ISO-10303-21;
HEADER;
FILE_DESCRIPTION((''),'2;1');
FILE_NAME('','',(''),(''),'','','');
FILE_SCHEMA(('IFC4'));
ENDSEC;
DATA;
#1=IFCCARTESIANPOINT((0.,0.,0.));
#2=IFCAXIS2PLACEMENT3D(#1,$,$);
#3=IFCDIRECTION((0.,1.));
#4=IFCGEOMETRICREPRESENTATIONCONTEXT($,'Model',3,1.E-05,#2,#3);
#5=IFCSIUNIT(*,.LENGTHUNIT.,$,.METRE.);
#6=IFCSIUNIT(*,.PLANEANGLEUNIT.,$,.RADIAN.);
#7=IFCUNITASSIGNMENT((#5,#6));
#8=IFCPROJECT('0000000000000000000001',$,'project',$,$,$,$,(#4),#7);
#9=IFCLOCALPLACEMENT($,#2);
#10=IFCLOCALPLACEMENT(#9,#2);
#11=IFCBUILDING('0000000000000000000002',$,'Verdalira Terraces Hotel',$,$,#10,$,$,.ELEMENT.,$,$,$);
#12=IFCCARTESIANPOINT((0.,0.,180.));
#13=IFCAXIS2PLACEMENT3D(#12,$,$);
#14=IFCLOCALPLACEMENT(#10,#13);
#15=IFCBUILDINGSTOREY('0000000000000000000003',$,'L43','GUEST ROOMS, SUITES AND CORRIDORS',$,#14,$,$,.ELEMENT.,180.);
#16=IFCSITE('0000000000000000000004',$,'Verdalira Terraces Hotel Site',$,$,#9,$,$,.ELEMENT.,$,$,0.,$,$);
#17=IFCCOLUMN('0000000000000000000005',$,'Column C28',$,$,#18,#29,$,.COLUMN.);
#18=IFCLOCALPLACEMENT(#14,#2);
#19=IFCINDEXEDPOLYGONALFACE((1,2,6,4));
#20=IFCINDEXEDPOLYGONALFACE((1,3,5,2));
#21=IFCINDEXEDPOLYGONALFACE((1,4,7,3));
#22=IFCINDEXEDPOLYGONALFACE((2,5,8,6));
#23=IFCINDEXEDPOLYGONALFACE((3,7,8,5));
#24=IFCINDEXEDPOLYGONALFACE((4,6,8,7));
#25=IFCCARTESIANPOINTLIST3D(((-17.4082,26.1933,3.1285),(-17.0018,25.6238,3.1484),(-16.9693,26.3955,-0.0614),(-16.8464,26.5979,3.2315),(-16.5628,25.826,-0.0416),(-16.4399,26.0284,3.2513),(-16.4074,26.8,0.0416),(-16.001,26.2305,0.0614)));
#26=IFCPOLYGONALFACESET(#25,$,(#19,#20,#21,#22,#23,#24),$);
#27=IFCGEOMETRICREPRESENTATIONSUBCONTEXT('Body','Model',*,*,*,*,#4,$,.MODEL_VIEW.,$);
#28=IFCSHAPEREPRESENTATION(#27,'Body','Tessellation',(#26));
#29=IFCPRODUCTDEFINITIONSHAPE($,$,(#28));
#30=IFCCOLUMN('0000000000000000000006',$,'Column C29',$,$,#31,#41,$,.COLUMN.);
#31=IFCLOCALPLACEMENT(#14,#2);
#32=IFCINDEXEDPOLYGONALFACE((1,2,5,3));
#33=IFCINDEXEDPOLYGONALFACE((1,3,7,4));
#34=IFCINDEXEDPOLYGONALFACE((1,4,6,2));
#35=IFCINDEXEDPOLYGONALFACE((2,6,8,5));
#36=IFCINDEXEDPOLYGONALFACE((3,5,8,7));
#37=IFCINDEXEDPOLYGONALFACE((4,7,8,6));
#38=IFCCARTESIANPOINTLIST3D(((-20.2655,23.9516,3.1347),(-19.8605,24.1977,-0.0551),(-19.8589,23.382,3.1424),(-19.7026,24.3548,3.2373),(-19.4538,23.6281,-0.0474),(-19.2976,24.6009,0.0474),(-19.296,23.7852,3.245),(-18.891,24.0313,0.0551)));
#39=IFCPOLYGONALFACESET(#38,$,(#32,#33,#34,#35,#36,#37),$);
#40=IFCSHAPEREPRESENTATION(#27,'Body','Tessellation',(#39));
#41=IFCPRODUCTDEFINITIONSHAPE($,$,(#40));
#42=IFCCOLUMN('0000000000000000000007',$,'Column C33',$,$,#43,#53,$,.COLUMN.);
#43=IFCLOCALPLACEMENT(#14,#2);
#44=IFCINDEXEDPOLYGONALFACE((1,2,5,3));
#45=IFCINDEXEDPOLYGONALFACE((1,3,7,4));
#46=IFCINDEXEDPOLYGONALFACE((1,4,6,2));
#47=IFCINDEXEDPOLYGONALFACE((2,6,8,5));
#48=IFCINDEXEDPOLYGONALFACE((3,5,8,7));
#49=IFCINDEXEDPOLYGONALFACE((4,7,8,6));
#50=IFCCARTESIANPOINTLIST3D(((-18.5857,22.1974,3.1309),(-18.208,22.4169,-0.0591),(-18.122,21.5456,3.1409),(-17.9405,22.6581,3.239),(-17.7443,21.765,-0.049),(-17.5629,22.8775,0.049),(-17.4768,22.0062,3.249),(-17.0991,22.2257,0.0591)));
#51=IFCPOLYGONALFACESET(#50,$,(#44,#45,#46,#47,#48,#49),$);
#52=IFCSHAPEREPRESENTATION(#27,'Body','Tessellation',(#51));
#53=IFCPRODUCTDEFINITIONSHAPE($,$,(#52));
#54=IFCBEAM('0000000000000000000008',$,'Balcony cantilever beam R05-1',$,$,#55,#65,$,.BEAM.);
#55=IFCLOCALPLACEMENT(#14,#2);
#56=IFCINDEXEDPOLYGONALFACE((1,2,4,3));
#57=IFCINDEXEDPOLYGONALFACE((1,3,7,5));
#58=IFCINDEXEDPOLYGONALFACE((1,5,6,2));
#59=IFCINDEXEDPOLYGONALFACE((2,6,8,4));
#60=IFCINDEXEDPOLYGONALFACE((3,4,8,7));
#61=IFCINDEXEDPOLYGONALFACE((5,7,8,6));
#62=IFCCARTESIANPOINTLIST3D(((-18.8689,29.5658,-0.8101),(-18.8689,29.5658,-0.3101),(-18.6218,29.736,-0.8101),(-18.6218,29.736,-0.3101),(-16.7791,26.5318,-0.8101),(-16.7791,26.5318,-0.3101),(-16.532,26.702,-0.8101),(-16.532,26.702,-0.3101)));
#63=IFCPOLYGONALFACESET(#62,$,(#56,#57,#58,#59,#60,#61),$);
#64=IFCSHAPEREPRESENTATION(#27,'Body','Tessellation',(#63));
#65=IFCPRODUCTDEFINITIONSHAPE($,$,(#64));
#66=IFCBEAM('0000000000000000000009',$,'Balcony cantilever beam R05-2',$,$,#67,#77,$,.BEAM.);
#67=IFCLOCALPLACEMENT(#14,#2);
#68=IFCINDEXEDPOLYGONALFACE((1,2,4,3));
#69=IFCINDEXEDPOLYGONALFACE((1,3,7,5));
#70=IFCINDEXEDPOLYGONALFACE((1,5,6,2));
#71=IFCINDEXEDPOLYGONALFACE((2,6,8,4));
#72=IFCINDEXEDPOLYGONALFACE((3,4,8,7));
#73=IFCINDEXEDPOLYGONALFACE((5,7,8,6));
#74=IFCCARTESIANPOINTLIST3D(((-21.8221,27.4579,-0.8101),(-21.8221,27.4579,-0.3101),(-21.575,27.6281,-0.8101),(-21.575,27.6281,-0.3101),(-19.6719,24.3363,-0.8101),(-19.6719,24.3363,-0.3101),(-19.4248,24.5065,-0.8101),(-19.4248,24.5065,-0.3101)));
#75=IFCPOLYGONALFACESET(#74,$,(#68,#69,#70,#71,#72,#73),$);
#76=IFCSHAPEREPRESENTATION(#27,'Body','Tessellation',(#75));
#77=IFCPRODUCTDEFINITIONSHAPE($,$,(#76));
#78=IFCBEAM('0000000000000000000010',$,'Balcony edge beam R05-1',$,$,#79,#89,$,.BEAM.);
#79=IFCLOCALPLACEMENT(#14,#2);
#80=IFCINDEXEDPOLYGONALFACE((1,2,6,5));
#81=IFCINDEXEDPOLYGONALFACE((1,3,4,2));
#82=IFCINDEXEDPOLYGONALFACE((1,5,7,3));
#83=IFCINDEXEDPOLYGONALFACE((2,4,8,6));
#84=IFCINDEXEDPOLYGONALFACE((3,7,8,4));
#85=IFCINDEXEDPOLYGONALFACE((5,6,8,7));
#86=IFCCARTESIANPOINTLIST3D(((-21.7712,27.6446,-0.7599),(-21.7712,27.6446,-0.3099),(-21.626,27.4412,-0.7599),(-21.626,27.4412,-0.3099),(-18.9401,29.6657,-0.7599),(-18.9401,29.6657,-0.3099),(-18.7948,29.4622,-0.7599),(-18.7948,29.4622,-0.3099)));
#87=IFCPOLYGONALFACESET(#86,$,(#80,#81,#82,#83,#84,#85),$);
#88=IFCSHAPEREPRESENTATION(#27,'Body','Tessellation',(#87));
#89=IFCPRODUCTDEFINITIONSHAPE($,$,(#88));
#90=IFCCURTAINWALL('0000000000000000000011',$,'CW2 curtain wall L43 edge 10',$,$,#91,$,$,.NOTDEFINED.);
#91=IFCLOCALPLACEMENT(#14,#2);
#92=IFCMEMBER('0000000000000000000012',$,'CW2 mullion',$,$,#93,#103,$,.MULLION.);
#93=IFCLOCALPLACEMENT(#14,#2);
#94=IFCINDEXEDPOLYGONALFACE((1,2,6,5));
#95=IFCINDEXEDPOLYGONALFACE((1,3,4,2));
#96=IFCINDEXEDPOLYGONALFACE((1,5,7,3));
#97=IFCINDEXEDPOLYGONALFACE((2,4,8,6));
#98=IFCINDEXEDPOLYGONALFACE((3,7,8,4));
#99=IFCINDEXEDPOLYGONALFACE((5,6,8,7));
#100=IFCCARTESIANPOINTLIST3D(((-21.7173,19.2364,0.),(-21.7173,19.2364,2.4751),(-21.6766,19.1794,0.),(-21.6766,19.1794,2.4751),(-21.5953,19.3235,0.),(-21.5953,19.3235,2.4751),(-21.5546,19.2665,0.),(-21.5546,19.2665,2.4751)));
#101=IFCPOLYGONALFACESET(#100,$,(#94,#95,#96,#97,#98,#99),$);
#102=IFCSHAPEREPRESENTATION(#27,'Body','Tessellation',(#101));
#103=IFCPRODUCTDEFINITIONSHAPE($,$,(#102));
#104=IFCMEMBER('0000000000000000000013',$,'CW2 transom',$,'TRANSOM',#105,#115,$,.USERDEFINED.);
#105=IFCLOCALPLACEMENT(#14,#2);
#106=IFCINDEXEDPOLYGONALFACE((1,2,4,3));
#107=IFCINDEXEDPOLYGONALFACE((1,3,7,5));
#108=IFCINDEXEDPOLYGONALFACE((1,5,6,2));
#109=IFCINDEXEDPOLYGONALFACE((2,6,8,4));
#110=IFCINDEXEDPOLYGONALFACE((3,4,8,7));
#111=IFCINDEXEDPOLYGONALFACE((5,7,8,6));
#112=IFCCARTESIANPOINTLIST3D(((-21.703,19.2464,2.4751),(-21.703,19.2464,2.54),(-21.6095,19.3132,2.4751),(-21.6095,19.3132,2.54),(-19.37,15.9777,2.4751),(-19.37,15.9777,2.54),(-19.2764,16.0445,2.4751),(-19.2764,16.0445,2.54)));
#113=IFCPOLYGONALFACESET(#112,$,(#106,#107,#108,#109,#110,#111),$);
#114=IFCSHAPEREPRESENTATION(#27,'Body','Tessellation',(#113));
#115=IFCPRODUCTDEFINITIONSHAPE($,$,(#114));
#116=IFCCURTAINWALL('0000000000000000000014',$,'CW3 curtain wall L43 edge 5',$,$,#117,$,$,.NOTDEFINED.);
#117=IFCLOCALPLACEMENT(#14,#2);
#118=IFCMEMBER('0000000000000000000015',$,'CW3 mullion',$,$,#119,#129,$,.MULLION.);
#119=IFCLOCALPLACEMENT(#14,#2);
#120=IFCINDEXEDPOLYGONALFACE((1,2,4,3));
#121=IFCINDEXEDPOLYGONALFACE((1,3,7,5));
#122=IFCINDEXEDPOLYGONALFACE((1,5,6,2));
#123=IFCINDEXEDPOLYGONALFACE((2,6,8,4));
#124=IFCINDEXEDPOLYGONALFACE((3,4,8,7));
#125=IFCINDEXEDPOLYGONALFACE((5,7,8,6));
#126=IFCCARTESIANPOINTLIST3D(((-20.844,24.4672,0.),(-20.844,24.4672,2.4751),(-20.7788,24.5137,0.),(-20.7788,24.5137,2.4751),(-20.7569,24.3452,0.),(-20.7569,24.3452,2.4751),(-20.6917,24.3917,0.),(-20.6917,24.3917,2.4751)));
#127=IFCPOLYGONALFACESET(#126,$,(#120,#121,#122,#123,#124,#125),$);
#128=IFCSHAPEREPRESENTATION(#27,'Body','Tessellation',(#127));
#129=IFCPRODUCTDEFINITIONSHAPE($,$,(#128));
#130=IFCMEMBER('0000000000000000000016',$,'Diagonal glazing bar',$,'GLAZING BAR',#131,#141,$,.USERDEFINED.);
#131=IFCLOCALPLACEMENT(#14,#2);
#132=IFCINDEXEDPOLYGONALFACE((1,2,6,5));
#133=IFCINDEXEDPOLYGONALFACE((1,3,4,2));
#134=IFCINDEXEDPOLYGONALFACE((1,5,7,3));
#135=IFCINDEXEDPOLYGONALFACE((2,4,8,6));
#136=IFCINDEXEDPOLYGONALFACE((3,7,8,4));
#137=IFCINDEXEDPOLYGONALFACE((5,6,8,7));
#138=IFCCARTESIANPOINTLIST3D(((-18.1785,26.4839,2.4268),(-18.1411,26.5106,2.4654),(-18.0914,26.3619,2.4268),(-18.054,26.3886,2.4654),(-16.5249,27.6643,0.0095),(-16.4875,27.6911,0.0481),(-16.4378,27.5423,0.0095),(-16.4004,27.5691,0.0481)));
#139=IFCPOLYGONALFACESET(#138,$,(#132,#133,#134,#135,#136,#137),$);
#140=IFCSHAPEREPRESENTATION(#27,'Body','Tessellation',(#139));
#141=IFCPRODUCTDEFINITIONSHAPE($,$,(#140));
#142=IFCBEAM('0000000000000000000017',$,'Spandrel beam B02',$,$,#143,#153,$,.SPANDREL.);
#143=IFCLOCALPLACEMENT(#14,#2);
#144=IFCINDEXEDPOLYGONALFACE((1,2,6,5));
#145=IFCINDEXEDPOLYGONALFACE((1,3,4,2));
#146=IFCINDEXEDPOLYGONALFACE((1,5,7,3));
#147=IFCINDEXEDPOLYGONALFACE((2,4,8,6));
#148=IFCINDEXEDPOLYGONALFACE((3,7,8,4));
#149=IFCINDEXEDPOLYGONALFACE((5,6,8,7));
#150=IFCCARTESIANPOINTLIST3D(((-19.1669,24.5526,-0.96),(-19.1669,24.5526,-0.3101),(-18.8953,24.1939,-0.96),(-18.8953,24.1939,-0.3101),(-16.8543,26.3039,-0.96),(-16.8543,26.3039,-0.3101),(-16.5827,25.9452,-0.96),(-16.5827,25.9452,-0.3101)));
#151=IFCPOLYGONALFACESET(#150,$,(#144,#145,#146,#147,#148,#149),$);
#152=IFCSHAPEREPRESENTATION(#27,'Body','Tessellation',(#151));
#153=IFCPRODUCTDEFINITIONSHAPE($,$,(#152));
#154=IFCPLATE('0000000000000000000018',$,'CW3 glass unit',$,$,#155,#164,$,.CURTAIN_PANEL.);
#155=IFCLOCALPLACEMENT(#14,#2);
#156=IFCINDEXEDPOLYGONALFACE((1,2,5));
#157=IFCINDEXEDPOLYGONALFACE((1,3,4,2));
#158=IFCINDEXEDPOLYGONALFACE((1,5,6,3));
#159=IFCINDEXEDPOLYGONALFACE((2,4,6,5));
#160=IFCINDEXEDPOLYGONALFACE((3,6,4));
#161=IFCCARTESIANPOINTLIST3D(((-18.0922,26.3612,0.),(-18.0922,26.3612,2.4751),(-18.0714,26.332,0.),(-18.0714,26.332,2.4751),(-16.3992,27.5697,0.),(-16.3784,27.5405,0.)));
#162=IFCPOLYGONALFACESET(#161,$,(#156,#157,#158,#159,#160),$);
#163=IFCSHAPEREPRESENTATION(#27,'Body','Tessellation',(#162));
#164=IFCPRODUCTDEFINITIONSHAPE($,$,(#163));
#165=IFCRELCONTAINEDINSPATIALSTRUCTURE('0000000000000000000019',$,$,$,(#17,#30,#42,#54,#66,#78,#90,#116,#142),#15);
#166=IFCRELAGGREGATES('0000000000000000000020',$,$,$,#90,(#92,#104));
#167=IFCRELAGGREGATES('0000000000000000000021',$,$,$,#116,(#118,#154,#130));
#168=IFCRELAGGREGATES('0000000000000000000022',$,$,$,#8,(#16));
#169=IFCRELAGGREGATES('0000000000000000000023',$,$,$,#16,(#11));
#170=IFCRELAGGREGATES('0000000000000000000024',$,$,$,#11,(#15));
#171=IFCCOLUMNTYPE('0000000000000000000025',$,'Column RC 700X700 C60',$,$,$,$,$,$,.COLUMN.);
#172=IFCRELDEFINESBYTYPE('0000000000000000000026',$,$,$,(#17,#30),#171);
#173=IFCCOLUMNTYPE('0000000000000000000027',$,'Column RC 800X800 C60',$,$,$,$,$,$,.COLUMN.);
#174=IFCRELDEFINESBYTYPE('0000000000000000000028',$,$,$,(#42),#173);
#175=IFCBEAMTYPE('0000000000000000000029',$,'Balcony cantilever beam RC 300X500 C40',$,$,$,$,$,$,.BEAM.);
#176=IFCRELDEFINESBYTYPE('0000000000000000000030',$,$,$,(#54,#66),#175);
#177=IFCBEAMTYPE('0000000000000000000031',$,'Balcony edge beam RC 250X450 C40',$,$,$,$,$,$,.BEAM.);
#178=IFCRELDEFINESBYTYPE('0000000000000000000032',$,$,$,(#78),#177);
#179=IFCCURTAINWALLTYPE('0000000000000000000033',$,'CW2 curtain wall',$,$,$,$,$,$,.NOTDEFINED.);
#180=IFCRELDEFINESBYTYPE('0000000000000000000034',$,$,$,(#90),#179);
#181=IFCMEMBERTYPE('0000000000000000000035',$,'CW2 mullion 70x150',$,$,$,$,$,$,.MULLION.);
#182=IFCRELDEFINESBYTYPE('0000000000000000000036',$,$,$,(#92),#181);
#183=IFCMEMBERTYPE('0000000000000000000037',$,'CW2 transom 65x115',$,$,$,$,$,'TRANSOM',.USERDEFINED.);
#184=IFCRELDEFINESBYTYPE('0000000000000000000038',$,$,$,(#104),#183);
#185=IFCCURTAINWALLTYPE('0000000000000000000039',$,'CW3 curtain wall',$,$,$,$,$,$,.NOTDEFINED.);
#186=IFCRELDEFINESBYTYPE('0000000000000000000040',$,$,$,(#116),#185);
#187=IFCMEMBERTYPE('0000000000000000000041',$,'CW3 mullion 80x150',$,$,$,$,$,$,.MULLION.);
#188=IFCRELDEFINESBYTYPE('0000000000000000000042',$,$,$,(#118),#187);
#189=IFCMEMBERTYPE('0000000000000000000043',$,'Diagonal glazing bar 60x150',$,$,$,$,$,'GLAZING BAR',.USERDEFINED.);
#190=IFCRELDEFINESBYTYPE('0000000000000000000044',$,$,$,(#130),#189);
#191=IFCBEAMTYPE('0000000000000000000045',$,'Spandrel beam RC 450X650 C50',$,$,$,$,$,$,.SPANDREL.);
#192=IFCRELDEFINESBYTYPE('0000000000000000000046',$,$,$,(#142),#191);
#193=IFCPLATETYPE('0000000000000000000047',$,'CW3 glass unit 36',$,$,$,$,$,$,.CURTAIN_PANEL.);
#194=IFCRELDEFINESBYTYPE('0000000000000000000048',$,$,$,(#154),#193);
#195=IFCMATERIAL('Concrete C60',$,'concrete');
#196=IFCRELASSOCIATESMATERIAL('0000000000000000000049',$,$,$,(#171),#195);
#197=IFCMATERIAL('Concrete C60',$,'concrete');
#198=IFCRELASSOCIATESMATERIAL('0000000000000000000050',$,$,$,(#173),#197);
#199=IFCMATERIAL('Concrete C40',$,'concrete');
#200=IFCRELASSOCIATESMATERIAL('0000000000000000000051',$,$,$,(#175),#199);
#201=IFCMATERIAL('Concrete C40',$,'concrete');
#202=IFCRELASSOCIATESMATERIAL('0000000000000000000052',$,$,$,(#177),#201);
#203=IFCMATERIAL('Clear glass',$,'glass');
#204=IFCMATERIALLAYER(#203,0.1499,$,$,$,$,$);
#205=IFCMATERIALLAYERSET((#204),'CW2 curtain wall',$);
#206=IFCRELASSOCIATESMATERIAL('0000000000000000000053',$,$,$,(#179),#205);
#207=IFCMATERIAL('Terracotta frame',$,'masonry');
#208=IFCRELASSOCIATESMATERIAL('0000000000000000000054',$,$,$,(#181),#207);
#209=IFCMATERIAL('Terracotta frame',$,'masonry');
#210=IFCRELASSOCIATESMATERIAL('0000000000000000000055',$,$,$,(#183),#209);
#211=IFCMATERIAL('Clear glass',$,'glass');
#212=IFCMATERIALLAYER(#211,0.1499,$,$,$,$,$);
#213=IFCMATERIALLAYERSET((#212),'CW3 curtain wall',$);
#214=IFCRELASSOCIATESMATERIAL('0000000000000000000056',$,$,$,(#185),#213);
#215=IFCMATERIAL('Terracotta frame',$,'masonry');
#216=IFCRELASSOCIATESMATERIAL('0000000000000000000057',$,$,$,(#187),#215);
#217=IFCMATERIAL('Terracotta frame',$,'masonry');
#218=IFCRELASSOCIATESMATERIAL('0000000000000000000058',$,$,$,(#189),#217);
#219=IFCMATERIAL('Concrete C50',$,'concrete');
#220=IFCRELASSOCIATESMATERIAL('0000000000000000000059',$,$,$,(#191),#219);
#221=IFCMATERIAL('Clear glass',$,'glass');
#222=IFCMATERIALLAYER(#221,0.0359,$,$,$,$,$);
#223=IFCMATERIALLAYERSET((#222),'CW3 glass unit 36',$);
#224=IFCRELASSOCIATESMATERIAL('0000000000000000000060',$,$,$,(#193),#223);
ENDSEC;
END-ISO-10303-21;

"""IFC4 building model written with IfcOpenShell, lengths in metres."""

from ifc_helpers import new_model, si_unit, direction, frame, origin, origin_2d, place, context, subcontext, project, spatial, polyline, rectangle, outline, extrude, material, layer, layer_set, material_profile, profile_set, type_object, element, aggregate, save


model = new_model("IFC4")

# Units and contexts
model_context = context("Model", 3, precision=1e-05, world=origin(), true_north=direction((0.0, 1.0)))
body_context = subcontext(model_context, "Body", "Model", "MODEL_VIEW")
ifc_project = project(units=[si_unit("LENGTHUNIT", "METRE"), si_unit("PLANEANGLEUNIT", "RADIAN")], contexts=[model_context])

# Site, building, storey
site_placement = place(None, origin())
site = spatial("IfcSite", under=ifc_project, at=site_placement, Name="Verdalira Terraces Hotel Site", CompositionType="ELEMENT", RefElevation=0.0)
building_placement = place(site_placement, origin())
building = spatial("IfcBuilding", under=site, at=building_placement, Name="Verdalira Terraces Hotel", CompositionType="ELEMENT")
storey_placement = place(building_placement, frame((0.0, 0.0, 180.0)))
storey = spatial("IfcBuildingStorey", under=building, at=storey_placement, Name="L43", Description="GUEST ROOMS, SUITES AND CORRIDORS", CompositionType="ELEMENT", Elevation=180.0)

# Columns
ifc_material_1 = material(Name="Concrete C60", Category="concrete")
ifc_material_profile_1 = material_profile(ifc_material_1, rectangle(XDim=0.7, YDim=0.7, at=origin_2d()), Name="RC 700X700")
ifc_profile_set_1 = profile_set([ifc_material_profile_1], Name="Concrete C60")
column_type_1 = type_object("IfcColumnType", Name="Column RC 700X700 C60", PredefinedType="COLUMN", material=ifc_profile_set_1)
column_1_placement = place(storey_placement, frame((-16.4851, 26.313, 0.0), z_axis=(-0.136057, -0.062656, 0.988718), x_axis=(-0.802673, -0.577999, -0.147083)))
element("IfcColumn", 1, at=column_1_placement, inside=storey, type_object=column_type_1, Name="Column C28", PredefinedType="COLUMN", context=body_context, shape_type="SweptSolid", body=[
    extrude(rectangle(XDim=0.7, YDim=0.7, at=origin_2d()), origin(), (0.0, 0.0, 1.0), 3.2263),
])
column_2_placement = place(storey_placement, frame((-19.3757, 24.1145, 0.0), z_axis=(-0.125592, -0.076309, 0.989143), x_axis=(-0.80416, -0.576065, -0.146546)))
element("IfcColumn", 2, at=column_2_placement, inside=storey, type_object=column_type_1, Name="Column C29", PredefinedType="COLUMN", context=body_context, shape_type="SweptSolid", body=[
    extrude(rectangle(XDim=0.7, YDim=0.7, at=origin_2d()), origin(), (0.0, 0.0, 1.0), 3.2249),
])
ifc_material_2 = material(Name="Concrete C60", Category="concrete")
ifc_material_profile_2 = material_profile(ifc_material_2, rectangle(XDim=0.8, YDim=0.8, at=origin_2d()), Name="RC 800X800")
ifc_profile_set_2 = profile_set([ifc_material_profile_2], Name="Concrete C60")
column_type_2 = type_object("IfcColumnType", Name="Column RC 800X800 C60", PredefinedType="COLUMN", material=ifc_profile_set_2)
column_3_placement = place(storey_placement, frame((-17.6536, 22.3213, 0.0), z_axis=(-0.117304, -0.068168, 0.990754), x_axis=(-0.579633, 0.814781, -0.012567)))
element("IfcColumn", 3, at=column_3_placement, inside=storey, type_object=column_type_2, Name="Column C33", PredefinedType="COLUMN", context=body_context, shape_type="SweptSolid", body=[
    extrude(rectangle(XDim=0.8, YDim=0.8, at=origin_2d()), origin(), (0.0, 0.0, 1.0), 3.2197),
])

# Beams
ifc_material_3 = material(Name="Concrete C40", Category="concrete")
ifc_material_profile_3 = material_profile(ifc_material_3, rectangle(XDim=0.3, YDim=0.5, at=origin_2d()), Name="RC 300X500")
ifc_profile_set_3 = profile_set([ifc_material_profile_3], Name="Concrete C40")
beam_type_1 = type_object("IfcBeamType", Name="Balcony cantilever beam RC 300X500 C40", PredefinedType="BEAM", material=ifc_profile_set_3)
beam_1_placement = place(storey_placement, frame((-16.6555, 26.6169, -0.5601), z_axis=(-0.567268, 0.823533, 0.0), x_axis=(-0.823533, -0.567268, 0.0)))
element("IfcBeam", 4, at=beam_1_placement, inside=storey, type_object=beam_type_1, Name="Balcony cantilever beam R05-1", PredefinedType="BEAM", context=body_context, shape_type="SweptSolid", body=[
    extrude(rectangle(XDim=0.3, YDim=0.5, at=origin_2d()), origin(), (0.0, 0.0, 1.0), 3.6841),
])
beam_2_placement = place(storey_placement, frame((-19.5483, 24.4214, -0.5601), z_axis=(-0.567256, 0.823542, 0.0), x_axis=(-0.823542, -0.567256, 0.0)))
element("IfcBeam", 5, at=beam_2_placement, inside=storey, type_object=beam_type_1, Name="Balcony cantilever beam R05-2", PredefinedType="BEAM", context=body_context, shape_type="SweptSolid", body=[
    extrude(rectangle(XDim=0.3, YDim=0.5, at=origin_2d()), origin(), (0.0, 0.0, 1.0), 3.7905),
])
ifc_material_4 = material(Name="Concrete C40", Category="concrete")
ifc_material_profile_4 = material_profile(ifc_material_4, rectangle(XDim=0.25, YDim=0.45, at=origin_2d()), Name="RC 250X450")
ifc_profile_set_4 = profile_set([ifc_material_profile_4], Name="Concrete C40")
beam_type_2 = type_object("IfcBeamType", Name="Balcony edge beam RC 250X450 C40", PredefinedType="BEAM", material=ifc_profile_set_4)
beam_3_placement = place(storey_placement, frame((-18.8674, 29.564, -0.5349), z_axis=(-0.813895, -0.581012, 0.0), x_axis=(0.581012, -0.813895, 0.0)))
element("IfcBeam", 6, at=beam_3_placement, inside=storey, type_object=beam_type_2, Name="Balcony edge beam R05-1", PredefinedType="BEAM", context=body_context, shape_type="SweptSolid", body=[
    extrude(rectangle(XDim=0.25, YDim=0.45, at=origin_2d()), origin(), (0.0, 0.0, 1.0), 3.4785),
])

# Curtain walls, members
ifc_material_5 = material(Name="Clear glass", Category="glass")
ifc_layer_1 = layer(ifc_material_5, 0.1499)
ifc_layer_set_1 = layer_set([ifc_layer_1], Name="CW2 curtain wall")
curtain_wall_type_1 = type_object("IfcCurtainWallType", Name="CW2 curtain wall", PredefinedType="NOTDEFINED", material=ifc_layer_set_1)
curtain_wall_1_placement = place(storey_placement, origin())
curtain_wall_1 = element("IfcCurtainWall", 7, at=curtain_wall_1_placement, inside=storey, type_object=curtain_wall_type_1, Name="CW2 curtain wall L43 edge 10", PredefinedType="NOTDEFINED")
ifc_material_6 = material(Name="Terracotta frame", Category="masonry")
ifc_material_profile_5 = material_profile(ifc_material_6, rectangle(XDim=0.0701, YDim=0.1499, at=origin_2d()), Name="MU 70x150")
ifc_profile_set_5 = profile_set([ifc_material_profile_5], Name="Terracotta frame")
member_type_1 = type_object("IfcMemberType", Name="CW2 mullion 70x150", PredefinedType="MULLION", material=ifc_profile_set_5)
member_1_placement = place(storey_placement, frame((-21.636, 19.2515, 0.0), z_axis=(0.0, 0.0, 1.0), x_axis=(0.580987, -0.813913, 0.0)))
member_1 = element("IfcMember", 8, at=member_1_placement, type_object=member_type_1, Name="CW2 mullion", PredefinedType="MULLION", context=body_context, shape_type="SweptSolid", body=[
    extrude(rectangle(XDim=0.0701, YDim=0.1499, at=origin_2d()), origin(), (0.0, 0.0, 1.0), 2.4751),
])
ifc_material_7 = material(Name="Terracotta frame", Category="masonry")
ifc_material_profile_6 = material_profile(ifc_material_7, rectangle(XDim=0.115, YDim=0.0649, at=origin_2d()), Name="TR 65x115")
ifc_profile_set_6 = profile_set([ifc_material_profile_6], Name="Terracotta frame")
member_type_2 = type_object("IfcMemberType", Name="CW2 transom 65x115", ElementType="TRANSOM", PredefinedType="USERDEFINED", material=ifc_profile_set_6)
member_2_placement = place(storey_placement, frame((-21.6562, 19.2798, 2.5076), z_axis=(0.580962, -0.813931, 0.0), x_axis=(0.813931, 0.580962, 0.0)))
member_2 = element("IfcMember", 9, at=member_2_placement, type_object=member_type_2, Name="CW2 transom", ObjectType="TRANSOM", PredefinedType="USERDEFINED", context=body_context, shape_type="SweptSolid", body=[
    extrude(rectangle(XDim=0.115, YDim=0.0649, at=origin_2d()), origin(), (0.0, 0.0, 1.0), 4.0159),
])
aggregate(curtain_wall_1, [member_1, member_2])
ifc_material_8 = material(Name="Clear glass", Category="glass")
ifc_layer_2 = layer(ifc_material_8, 0.1499)
ifc_layer_set_2 = layer_set([ifc_layer_2], Name="CW3 curtain wall")
curtain_wall_type_2 = type_object("IfcCurtainWallType", Name="CW3 curtain wall", PredefinedType="NOTDEFINED", material=ifc_layer_set_2)
curtain_wall_2_placement = place(storey_placement, origin())
curtain_wall_2 = element("IfcCurtainWall", 10, at=curtain_wall_2_placement, inside=storey, type_object=curtain_wall_type_2, Name="CW3 curtain wall L43 edge 5", PredefinedType="NOTDEFINED")
ifc_material_9 = material(Name="Terracotta frame", Category="masonry")
ifc_material_profile_7 = material_profile(ifc_material_9, rectangle(XDim=0.0801, YDim=0.1499, at=origin_2d()), Name="MU 80x150")
ifc_profile_set_7 = profile_set([ifc_material_profile_7], Name="Terracotta frame")
member_type_3 = type_object("IfcMemberType", Name="CW3 mullion 80x150", PredefinedType="MULLION", material=ifc_profile_set_7)
member_3_placement = place(storey_placement, frame((-20.7678, 24.4294, 0.0), z_axis=(0.0, 0.0, 1.0), x_axis=(-0.813913, -0.580987, 0.0)))
member_3 = element("IfcMember", 11, at=member_3_placement, type_object=member_type_3, Name="CW3 mullion", PredefinedType="MULLION", context=body_context, shape_type="SweptSolid", body=[
    extrude(rectangle(XDim=0.0801, YDim=0.1499, at=origin_2d()), origin(), (0.0, 0.0, 1.0), 2.4751),
])
ifc_material_10 = material(Name="Terracotta frame", Category="masonry")
ifc_material_profile_8 = material_profile(ifc_material_10, rectangle(XDim=0.1499, YDim=0.0601, at=origin_2d()), Name="GB 60x150")
ifc_profile_set_8 = profile_set([ifc_material_profile_8], Name="Terracotta frame")
member_type_4 = type_object("IfcMemberType", Name="Diagonal glazing bar 60x150", ElementType="GLAZING BAR", PredefinedType="USERDEFINED", material=ifc_profile_set_8)
member_4_placement = place(storey_placement, frame((-16.4626, 27.6167, 0.0288), z_axis=(-0.523671, -0.37383, 0.76552), x_axis=(0.581011, -0.813896, 0.0)))
member_4 = element("IfcMember", 12, at=member_4_placement, type_object=member_type_4, Name="Diagonal glazing bar", ObjectType="GLAZING BAR", PredefinedType="USERDEFINED", context=body_context, shape_type="SweptSolid", body=[
    extrude(rectangle(XDim=0.1499, YDim=0.0601, at=origin_2d()), origin(), (0.0, 0.0, 1.0), 3.1577),
])

# Beam
ifc_material_11 = material(Name="Concrete C50", Category="concrete")
ifc_material_profile_9 = material_profile(ifc_material_11, rectangle(XDim=0.45, YDim=0.6499, at=origin_2d()), Name="RC 450X650")
ifc_profile_set_9 = profile_set([ifc_material_profile_9], Name="Concrete C50")
beam_type_3 = type_object("IfcBeamType", Name="Spandrel beam RC 450X650 C50", PredefinedType="SPANDREL", material=ifc_profile_set_9)
beam_4_placement = place(storey_placement, frame((-16.7185, 26.1245, -0.635), z_axis=(-0.797204, -0.60371, 0.0), x_axis=(0.60371, -0.797204, 0.0)))
element("IfcBeam", 13, at=beam_4_placement, inside=storey, type_object=beam_type_3, Name="Spandrel beam B02", PredefinedType="SPANDREL", context=body_context, shape_type="SweptSolid", body=[
    extrude(rectangle(XDim=0.45, YDim=0.6499, at=origin_2d()), origin(), (0.0, 0.0, 1.0), 2.9009),
])

# Plate
ifc_material_12 = material(Name="Clear glass", Category="glass")
ifc_layer_3 = layer(ifc_material_12, 0.0359)
ifc_layer_set_3 = layer_set([ifc_layer_3], Name="CW3 glass unit 36")
plate_type = type_object("IfcPlateType", Name="CW3 glass unit 36", PredefinedType="CURTAIN_PANEL", material=ifc_layer_set_3)
plate_1_placement = place(storey_placement, frame((-17.2249, 26.9363, 1.2375), z_axis=(-0.580987, 0.813913, 0.0), x_axis=(-0.813913, -0.580987, 0.0)))
plate_1 = element("IfcPlate", 14, at=plate_1_placement, type_object=plate_type, Name="CW3 glass unit", PredefinedType="CURTAIN_PANEL", context=body_context, shape_type="SweptSolid", body=[
    extrude(outline(polyline([(-1.04, -1.2375), (1.04, -1.2375), (1.04, 1.2375), (-1.04, -1.2375)])), origin(), (0.0, 0.0, 1.0), 0.0359),
])
aggregate(curtain_wall_2, [member_3, plate_1, member_4])

save(model, "model.ifc")
